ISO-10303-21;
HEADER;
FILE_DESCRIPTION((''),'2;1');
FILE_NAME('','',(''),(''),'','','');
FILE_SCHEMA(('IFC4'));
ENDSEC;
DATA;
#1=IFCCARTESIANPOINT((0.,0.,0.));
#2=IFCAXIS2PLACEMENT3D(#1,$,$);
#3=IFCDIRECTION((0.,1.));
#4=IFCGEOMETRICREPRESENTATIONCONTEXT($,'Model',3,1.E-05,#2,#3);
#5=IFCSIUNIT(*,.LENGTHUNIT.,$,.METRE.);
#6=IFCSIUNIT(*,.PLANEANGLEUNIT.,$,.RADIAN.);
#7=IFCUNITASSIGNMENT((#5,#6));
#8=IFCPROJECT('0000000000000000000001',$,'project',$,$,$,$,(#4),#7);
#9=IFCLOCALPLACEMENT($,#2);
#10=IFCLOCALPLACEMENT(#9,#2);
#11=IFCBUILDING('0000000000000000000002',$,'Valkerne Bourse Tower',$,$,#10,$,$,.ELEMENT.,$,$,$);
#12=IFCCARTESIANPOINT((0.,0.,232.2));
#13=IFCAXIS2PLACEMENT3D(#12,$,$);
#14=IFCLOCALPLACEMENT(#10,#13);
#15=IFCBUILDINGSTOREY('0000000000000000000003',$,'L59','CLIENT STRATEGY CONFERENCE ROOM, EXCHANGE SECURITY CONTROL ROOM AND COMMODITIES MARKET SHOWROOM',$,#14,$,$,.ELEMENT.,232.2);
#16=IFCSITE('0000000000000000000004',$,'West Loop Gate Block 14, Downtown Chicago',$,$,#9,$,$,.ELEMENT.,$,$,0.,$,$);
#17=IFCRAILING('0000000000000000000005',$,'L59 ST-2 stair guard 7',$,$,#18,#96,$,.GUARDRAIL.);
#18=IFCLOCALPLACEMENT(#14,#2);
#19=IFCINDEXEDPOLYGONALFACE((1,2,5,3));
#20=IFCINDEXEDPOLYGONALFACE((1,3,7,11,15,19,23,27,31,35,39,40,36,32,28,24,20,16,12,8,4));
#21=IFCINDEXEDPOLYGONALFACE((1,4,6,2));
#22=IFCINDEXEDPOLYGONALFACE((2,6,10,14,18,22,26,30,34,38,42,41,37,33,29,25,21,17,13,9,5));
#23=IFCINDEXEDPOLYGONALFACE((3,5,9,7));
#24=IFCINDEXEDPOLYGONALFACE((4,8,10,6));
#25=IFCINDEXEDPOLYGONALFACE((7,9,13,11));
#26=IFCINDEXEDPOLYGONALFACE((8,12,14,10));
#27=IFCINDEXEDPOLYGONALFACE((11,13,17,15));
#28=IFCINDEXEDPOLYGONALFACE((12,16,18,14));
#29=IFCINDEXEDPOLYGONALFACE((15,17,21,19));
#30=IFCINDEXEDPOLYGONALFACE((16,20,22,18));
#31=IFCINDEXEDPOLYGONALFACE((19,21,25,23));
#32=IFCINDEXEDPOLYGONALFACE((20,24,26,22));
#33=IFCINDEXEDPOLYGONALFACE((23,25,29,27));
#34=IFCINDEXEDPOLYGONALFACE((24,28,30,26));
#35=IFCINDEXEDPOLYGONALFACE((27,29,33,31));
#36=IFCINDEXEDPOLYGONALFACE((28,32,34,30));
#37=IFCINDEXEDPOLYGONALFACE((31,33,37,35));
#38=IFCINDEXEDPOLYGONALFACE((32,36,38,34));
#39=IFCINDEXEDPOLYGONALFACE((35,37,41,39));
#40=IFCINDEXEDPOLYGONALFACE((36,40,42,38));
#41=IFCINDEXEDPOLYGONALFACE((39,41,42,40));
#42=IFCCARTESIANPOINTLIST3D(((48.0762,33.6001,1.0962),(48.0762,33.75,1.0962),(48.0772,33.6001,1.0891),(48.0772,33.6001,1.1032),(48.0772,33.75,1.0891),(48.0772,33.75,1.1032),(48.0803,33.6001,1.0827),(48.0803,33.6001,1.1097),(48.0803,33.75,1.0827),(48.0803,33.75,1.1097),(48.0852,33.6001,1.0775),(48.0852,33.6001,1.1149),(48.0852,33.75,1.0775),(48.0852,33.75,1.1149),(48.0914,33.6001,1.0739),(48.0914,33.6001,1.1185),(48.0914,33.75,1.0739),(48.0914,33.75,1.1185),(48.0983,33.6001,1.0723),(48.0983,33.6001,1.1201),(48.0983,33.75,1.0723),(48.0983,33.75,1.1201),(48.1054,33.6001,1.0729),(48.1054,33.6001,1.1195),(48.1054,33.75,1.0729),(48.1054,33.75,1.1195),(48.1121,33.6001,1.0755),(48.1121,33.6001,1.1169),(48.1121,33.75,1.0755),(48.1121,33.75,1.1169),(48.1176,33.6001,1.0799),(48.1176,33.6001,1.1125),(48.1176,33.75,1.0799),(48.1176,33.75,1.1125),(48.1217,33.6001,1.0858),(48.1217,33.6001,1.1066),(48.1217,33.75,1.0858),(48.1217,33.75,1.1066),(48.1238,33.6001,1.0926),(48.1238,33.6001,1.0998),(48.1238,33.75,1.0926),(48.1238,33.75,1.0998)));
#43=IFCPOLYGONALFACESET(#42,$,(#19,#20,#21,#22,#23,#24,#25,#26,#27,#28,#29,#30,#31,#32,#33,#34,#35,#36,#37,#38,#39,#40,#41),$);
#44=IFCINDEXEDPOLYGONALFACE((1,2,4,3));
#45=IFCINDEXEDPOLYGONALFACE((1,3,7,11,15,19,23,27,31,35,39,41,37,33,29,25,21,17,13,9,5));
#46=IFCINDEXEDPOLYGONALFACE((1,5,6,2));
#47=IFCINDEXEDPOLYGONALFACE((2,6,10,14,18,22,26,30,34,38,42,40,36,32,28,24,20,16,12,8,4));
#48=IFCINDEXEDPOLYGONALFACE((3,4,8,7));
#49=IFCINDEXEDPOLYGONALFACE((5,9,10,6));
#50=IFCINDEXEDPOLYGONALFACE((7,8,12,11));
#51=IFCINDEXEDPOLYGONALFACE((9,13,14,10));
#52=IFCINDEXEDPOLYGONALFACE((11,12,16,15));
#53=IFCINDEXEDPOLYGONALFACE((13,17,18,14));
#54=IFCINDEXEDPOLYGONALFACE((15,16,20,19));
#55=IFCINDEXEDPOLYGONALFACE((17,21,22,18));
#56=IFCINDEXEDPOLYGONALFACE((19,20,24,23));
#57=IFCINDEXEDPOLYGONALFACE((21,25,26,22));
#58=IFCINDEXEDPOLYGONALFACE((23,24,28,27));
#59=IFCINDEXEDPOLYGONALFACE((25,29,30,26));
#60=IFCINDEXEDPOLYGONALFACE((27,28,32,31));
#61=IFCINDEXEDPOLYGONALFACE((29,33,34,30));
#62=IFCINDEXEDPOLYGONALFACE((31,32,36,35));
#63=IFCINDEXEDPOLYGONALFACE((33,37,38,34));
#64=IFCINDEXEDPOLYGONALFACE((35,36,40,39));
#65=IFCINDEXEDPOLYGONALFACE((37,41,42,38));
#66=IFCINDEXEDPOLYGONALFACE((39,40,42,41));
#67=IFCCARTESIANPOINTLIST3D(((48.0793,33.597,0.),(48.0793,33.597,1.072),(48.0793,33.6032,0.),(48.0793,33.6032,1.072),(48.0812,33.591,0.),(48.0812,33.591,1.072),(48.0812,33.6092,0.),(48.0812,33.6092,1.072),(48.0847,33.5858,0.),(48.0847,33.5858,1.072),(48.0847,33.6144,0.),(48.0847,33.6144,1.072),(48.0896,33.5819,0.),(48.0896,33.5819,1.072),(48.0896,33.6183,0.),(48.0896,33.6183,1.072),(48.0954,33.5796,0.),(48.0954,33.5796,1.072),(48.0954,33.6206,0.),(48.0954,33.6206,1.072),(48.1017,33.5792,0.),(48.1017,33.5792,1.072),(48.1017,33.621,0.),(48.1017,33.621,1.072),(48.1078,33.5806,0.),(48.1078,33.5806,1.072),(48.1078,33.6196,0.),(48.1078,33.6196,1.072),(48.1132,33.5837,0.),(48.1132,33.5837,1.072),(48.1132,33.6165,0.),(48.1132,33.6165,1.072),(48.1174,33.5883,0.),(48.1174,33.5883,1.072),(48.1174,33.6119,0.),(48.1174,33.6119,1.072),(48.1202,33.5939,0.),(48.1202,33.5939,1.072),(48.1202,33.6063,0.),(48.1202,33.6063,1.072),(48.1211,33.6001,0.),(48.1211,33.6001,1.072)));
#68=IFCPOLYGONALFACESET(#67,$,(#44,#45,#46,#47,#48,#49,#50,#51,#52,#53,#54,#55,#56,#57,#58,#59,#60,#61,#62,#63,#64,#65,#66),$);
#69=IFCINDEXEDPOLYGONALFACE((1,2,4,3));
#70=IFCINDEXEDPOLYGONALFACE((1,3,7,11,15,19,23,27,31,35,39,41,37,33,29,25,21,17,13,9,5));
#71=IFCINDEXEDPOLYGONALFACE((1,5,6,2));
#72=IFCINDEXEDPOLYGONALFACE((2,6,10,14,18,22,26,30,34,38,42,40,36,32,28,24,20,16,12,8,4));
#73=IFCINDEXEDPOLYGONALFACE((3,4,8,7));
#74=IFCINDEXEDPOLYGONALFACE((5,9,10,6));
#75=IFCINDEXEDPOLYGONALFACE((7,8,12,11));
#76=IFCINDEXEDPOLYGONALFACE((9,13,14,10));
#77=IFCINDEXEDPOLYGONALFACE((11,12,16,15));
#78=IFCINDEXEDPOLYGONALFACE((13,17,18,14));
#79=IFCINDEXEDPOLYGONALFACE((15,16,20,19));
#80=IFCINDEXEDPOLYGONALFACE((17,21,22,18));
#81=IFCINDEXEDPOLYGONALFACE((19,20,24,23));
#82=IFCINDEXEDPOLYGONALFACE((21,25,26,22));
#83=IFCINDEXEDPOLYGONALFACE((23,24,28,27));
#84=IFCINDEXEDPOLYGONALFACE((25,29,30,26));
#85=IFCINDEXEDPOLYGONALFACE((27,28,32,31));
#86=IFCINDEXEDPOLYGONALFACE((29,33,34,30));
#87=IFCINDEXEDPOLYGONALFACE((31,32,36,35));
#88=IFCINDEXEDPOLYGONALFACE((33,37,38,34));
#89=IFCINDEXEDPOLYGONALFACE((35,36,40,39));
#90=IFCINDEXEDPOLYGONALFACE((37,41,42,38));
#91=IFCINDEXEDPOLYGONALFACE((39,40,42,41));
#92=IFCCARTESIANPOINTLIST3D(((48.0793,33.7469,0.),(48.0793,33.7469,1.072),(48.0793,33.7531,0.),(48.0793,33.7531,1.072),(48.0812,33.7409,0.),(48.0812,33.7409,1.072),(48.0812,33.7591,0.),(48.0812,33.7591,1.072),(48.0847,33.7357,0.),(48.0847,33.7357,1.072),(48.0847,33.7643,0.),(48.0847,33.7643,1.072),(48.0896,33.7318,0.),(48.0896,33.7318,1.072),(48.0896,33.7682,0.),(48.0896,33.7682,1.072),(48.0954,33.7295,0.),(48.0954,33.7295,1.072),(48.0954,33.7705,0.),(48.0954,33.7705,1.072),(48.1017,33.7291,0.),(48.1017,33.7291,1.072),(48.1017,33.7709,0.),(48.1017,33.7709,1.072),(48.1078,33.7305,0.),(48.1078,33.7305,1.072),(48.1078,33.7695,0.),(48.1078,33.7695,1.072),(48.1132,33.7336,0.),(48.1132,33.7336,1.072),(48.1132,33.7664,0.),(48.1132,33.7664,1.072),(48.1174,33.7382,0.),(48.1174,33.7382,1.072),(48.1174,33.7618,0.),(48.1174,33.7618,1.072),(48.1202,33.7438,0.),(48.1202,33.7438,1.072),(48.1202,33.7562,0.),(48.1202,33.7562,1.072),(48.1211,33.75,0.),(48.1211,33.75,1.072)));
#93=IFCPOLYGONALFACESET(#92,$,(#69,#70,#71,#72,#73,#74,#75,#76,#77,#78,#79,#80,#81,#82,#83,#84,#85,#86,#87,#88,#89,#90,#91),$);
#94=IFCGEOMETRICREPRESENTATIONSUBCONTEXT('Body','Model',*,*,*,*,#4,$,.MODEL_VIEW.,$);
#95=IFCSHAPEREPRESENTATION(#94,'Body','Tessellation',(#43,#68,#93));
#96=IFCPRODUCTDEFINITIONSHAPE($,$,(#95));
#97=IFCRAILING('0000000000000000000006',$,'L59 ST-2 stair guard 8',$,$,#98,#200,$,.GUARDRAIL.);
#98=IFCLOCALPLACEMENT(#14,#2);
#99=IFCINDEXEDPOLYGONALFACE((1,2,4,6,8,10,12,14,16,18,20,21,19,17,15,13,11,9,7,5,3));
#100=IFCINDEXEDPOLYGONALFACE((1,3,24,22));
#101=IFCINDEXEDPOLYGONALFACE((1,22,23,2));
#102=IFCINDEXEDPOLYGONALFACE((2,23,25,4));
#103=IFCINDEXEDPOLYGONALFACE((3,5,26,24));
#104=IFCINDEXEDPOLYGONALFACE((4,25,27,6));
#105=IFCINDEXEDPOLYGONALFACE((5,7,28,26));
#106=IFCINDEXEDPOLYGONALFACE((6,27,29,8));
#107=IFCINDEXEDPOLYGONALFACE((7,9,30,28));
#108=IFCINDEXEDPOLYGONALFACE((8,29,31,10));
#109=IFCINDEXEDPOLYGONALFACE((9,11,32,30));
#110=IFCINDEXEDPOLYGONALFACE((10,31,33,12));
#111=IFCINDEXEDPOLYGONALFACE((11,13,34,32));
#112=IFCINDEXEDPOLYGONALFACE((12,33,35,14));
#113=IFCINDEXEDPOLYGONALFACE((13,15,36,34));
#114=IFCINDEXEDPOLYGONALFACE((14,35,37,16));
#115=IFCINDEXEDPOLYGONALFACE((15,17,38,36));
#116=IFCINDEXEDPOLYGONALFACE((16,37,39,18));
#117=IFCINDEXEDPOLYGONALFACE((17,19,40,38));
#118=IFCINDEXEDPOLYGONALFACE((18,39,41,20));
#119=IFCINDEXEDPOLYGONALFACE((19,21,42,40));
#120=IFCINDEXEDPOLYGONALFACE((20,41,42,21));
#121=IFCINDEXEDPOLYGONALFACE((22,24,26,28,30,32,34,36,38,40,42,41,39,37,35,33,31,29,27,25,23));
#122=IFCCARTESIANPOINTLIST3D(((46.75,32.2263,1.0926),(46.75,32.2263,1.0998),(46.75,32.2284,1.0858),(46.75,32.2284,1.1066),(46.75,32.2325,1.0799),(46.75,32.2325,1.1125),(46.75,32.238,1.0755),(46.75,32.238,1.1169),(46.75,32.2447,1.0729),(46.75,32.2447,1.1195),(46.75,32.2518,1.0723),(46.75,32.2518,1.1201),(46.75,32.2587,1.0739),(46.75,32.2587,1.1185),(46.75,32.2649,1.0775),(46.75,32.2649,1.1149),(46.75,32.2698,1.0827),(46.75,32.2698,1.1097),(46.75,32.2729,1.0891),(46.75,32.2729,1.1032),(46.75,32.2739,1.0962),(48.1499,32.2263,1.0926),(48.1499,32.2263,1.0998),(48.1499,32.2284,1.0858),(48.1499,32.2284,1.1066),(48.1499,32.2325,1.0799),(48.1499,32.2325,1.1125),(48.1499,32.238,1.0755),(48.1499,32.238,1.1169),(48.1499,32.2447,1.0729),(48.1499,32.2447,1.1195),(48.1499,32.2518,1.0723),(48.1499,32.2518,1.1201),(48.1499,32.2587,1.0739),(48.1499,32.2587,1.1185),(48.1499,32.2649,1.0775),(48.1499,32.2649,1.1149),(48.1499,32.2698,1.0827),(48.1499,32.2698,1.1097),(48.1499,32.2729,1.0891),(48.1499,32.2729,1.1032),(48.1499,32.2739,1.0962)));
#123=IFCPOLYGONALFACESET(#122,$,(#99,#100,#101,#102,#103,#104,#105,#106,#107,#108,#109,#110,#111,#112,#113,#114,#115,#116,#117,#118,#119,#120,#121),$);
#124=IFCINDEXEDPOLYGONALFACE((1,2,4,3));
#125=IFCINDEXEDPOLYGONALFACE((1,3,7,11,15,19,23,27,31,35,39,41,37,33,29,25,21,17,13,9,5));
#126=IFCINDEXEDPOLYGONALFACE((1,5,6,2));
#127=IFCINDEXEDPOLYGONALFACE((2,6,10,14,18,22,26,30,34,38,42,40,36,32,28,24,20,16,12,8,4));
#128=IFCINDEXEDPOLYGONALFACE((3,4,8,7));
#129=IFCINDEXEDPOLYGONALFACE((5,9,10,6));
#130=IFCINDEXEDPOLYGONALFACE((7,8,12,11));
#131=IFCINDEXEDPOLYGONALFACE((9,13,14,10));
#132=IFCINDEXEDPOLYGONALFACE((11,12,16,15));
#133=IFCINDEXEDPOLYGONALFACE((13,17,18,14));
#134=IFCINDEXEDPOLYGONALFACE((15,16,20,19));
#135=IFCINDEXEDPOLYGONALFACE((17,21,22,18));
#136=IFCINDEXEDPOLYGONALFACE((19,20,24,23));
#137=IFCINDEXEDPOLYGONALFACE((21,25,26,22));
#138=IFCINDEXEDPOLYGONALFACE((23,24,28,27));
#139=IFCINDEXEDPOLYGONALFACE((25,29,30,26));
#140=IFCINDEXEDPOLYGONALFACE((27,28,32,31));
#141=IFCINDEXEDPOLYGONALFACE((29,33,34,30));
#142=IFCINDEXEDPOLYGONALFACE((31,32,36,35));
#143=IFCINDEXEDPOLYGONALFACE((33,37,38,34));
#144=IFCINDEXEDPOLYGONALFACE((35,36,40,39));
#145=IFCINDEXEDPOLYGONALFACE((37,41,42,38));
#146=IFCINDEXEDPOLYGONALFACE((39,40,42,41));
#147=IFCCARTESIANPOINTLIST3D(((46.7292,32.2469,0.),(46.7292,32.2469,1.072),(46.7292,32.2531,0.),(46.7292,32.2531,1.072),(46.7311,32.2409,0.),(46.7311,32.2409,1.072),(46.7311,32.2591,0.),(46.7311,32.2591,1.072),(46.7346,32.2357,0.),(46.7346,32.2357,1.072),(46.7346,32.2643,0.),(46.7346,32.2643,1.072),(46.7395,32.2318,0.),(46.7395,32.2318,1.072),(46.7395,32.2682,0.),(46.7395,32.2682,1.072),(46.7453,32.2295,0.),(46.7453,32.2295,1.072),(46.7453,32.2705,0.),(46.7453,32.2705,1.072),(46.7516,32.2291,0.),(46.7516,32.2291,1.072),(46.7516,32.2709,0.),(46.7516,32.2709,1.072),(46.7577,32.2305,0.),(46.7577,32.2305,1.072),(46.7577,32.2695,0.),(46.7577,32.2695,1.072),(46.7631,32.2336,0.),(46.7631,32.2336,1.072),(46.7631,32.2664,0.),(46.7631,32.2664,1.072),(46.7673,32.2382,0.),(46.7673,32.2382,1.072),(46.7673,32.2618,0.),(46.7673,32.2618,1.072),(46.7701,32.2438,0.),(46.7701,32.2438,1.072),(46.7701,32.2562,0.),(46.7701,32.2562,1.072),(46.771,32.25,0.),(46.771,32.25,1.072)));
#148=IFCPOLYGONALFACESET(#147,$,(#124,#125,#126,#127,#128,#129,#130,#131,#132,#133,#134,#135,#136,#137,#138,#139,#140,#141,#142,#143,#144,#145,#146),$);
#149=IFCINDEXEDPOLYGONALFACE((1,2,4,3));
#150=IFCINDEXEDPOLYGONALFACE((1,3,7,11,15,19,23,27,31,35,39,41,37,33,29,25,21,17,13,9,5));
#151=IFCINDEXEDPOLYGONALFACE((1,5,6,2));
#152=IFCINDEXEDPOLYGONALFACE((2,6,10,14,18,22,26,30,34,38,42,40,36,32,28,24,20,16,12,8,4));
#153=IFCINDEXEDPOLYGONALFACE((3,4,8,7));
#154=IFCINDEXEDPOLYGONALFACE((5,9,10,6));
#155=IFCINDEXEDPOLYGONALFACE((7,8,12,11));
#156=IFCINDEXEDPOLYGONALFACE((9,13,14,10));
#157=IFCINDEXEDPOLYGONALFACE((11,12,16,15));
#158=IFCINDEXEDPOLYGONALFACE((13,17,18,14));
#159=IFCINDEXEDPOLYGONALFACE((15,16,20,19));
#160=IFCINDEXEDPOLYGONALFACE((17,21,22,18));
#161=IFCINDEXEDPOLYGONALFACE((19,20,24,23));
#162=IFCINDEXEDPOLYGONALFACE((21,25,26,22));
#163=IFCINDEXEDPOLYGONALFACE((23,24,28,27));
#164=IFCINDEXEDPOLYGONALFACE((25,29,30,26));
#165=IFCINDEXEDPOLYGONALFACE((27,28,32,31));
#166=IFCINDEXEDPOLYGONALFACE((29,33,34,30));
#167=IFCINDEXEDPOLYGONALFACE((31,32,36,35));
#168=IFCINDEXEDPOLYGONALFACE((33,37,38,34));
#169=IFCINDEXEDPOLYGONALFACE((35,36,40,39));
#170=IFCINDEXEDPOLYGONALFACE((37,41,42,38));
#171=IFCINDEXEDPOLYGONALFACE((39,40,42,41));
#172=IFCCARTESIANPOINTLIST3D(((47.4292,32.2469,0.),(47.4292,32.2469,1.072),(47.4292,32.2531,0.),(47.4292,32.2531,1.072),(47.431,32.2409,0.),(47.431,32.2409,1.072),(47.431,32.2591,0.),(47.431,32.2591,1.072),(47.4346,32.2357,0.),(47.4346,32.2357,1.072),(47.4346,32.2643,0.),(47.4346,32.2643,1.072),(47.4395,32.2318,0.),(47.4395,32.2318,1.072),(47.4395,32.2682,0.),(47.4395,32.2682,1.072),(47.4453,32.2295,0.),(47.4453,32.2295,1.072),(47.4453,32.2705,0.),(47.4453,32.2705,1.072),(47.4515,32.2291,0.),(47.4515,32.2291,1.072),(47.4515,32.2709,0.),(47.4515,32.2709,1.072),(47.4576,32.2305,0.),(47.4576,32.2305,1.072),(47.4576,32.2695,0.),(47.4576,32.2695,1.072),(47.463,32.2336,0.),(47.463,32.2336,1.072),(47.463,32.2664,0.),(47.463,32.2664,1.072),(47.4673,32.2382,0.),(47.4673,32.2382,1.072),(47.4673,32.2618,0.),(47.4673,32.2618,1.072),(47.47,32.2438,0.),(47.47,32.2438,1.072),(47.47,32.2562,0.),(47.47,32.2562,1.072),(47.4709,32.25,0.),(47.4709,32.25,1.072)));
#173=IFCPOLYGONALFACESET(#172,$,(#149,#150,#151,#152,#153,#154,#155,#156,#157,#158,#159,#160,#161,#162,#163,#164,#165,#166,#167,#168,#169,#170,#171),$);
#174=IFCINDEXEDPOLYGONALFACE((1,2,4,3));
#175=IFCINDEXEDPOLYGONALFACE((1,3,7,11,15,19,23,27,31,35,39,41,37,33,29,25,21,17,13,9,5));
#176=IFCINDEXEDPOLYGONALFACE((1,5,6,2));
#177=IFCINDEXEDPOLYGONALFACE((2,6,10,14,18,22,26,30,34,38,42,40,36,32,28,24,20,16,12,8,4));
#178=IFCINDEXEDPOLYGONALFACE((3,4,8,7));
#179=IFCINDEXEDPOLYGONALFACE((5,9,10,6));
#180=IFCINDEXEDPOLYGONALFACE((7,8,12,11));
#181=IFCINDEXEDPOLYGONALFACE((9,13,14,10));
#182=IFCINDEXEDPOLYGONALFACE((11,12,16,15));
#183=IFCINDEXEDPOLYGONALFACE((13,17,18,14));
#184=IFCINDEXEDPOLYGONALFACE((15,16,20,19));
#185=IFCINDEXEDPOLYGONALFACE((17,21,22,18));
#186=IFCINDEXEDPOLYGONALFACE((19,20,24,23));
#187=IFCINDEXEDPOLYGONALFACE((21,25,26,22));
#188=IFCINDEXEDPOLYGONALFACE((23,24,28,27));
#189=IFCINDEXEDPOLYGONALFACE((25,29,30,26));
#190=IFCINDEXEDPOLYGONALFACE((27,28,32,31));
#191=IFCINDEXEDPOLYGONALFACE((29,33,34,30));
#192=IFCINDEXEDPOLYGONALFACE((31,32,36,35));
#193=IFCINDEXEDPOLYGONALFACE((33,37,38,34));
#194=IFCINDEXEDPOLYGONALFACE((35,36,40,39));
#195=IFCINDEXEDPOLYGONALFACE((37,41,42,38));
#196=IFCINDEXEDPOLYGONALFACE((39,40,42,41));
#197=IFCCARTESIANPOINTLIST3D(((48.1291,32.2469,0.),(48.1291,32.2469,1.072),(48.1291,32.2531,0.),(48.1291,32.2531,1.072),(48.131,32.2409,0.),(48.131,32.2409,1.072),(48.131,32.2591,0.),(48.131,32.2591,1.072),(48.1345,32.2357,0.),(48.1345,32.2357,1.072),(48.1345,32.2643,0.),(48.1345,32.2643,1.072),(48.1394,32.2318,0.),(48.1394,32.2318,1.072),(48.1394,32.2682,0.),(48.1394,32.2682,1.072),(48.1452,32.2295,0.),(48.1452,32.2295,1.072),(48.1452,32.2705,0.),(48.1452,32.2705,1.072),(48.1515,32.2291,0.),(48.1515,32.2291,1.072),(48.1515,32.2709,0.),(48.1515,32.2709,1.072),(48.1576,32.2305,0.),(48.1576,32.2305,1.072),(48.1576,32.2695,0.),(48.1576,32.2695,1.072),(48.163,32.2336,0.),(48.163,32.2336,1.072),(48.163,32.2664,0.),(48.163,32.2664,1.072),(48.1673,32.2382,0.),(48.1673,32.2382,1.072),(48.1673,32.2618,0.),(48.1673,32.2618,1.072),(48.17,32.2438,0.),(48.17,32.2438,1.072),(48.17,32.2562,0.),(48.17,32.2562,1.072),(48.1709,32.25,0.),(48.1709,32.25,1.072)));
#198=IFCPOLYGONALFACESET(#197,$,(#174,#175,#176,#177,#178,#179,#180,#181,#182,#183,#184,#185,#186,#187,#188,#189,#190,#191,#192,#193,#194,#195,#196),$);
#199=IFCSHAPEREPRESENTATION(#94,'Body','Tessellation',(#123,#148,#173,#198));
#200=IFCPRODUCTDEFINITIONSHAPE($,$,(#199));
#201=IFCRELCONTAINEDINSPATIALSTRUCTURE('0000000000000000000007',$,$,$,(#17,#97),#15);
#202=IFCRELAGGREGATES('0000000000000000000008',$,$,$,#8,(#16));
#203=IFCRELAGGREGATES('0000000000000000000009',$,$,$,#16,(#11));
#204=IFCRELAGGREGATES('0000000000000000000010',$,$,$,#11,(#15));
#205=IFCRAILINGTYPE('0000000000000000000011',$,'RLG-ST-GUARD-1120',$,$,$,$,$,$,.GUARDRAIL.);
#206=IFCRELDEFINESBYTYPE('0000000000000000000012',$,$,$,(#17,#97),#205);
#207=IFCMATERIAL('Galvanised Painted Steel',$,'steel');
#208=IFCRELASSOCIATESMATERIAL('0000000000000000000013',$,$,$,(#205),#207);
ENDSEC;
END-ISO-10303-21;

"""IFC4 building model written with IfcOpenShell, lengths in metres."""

from ifc_helpers import new_model, si_unit, direction, frame, origin, origin_2d, place, context, subcontext, project, spatial, circle, extrude, material, type_object, element, save


model = new_model("IFC4")

# Units and contexts
model_context = context("Model", 3, precision=1e-05, world=origin(), true_north=direction((0.0, 1.0)))
body_context = subcontext(model_context, "Body", "Model", "MODEL_VIEW")
ifc_project = project(units=[si_unit("LENGTHUNIT", "METRE"), si_unit("PLANEANGLEUNIT", "RADIAN")], contexts=[model_context])

# Site, building, storey
site_placement = place(None, origin())
site = spatial("IfcSite", under=ifc_project, at=site_placement, Name="West Loop Gate Block 14, Downtown Chicago", CompositionType="ELEMENT", RefElevation=0.0)
building_placement = place(site_placement, origin())
building = spatial("IfcBuilding", under=site, at=building_placement, Name="Valkerne Bourse Tower", CompositionType="ELEMENT")
storey_placement = place(building_placement, frame((0.0, 0.0, 232.2)))
storey = spatial("IfcBuildingStorey", under=building, at=storey_placement, Name="L59", Description="CLIENT STRATEGY CONFERENCE ROOM, EXCHANGE SECURITY CONTROL ROOM AND COMMODITIES MARKET SHOWROOM", CompositionType="ELEMENT", Elevation=232.2)

# Shared definitions
ifc_material_1 = material(Name="Galvanised Painted Steel", Category="steel")

# Railings
railing_type_1 = type_object("IfcRailingType", Name="RLG-ST-GUARD-1120", PredefinedType="GUARDRAIL", material=ifc_material_1)
railing_1_placement = place(storey_placement, frame((48.1001, 33.6001, 0.0)))
element("IfcRailing", 1, at=railing_1_placement, inside=storey, type_object=railing_type_1, Name="L59 ST-2 stair guard 7", PredefinedType="GUARDRAIL", context=body_context, shape_type="SweptSolid", body=[
    extrude(circle(Radius=0.0239, at=origin_2d()), frame((0.0, 0.0, 1.0962), z_axis=(0.0, 1.0, 0.0), x_axis=(-1.0, 0.0, 0.0)), (0.0, 0.0, 1.0), 0.1499),
    extrude(circle(Radius=0.021, at=origin_2d()), origin(), (0.0, 0.0, 1.0), 1.072),
    extrude(circle(Radius=0.021, at=origin_2d()), frame((0.0, 0.1499, 0.0)), (0.0, 0.0, 1.0), 1.072),
])
for number, where, name in (
    (2, (46.75, 32.25, 0.0), "L59 ST-2 stair guard 8"),
):
    element("IfcRailing", number, at=place(storey_placement, frame(where)), inside=storey, type_object=railing_type_1, Name=name, PredefinedType="GUARDRAIL", context=body_context, shape_type="SweptSolid", body=[
        extrude(circle(Radius=0.0239, at=origin_2d()), frame((0.0, 0.0, 1.0962), z_axis=(1.0, 0.0, 0.0), x_axis=(0.0, 1.0, 0.0)), (0.0, 0.0, 1.0), 1.3999),
        extrude(circle(Radius=0.021, at=origin_2d()), origin(), (0.0, 0.0, 1.0), 1.072),
        extrude(circle(Radius=0.021, at=origin_2d()), frame((0.7, 0.0, 0.0)), (0.0, 0.0, 1.0), 1.072),
        extrude(circle(Radius=0.021, at=origin_2d()), frame((1.3999, 0.0, 0.0)), (0.0, 0.0, 1.0), 1.072),
    ])

save(model, "model.ifc")
